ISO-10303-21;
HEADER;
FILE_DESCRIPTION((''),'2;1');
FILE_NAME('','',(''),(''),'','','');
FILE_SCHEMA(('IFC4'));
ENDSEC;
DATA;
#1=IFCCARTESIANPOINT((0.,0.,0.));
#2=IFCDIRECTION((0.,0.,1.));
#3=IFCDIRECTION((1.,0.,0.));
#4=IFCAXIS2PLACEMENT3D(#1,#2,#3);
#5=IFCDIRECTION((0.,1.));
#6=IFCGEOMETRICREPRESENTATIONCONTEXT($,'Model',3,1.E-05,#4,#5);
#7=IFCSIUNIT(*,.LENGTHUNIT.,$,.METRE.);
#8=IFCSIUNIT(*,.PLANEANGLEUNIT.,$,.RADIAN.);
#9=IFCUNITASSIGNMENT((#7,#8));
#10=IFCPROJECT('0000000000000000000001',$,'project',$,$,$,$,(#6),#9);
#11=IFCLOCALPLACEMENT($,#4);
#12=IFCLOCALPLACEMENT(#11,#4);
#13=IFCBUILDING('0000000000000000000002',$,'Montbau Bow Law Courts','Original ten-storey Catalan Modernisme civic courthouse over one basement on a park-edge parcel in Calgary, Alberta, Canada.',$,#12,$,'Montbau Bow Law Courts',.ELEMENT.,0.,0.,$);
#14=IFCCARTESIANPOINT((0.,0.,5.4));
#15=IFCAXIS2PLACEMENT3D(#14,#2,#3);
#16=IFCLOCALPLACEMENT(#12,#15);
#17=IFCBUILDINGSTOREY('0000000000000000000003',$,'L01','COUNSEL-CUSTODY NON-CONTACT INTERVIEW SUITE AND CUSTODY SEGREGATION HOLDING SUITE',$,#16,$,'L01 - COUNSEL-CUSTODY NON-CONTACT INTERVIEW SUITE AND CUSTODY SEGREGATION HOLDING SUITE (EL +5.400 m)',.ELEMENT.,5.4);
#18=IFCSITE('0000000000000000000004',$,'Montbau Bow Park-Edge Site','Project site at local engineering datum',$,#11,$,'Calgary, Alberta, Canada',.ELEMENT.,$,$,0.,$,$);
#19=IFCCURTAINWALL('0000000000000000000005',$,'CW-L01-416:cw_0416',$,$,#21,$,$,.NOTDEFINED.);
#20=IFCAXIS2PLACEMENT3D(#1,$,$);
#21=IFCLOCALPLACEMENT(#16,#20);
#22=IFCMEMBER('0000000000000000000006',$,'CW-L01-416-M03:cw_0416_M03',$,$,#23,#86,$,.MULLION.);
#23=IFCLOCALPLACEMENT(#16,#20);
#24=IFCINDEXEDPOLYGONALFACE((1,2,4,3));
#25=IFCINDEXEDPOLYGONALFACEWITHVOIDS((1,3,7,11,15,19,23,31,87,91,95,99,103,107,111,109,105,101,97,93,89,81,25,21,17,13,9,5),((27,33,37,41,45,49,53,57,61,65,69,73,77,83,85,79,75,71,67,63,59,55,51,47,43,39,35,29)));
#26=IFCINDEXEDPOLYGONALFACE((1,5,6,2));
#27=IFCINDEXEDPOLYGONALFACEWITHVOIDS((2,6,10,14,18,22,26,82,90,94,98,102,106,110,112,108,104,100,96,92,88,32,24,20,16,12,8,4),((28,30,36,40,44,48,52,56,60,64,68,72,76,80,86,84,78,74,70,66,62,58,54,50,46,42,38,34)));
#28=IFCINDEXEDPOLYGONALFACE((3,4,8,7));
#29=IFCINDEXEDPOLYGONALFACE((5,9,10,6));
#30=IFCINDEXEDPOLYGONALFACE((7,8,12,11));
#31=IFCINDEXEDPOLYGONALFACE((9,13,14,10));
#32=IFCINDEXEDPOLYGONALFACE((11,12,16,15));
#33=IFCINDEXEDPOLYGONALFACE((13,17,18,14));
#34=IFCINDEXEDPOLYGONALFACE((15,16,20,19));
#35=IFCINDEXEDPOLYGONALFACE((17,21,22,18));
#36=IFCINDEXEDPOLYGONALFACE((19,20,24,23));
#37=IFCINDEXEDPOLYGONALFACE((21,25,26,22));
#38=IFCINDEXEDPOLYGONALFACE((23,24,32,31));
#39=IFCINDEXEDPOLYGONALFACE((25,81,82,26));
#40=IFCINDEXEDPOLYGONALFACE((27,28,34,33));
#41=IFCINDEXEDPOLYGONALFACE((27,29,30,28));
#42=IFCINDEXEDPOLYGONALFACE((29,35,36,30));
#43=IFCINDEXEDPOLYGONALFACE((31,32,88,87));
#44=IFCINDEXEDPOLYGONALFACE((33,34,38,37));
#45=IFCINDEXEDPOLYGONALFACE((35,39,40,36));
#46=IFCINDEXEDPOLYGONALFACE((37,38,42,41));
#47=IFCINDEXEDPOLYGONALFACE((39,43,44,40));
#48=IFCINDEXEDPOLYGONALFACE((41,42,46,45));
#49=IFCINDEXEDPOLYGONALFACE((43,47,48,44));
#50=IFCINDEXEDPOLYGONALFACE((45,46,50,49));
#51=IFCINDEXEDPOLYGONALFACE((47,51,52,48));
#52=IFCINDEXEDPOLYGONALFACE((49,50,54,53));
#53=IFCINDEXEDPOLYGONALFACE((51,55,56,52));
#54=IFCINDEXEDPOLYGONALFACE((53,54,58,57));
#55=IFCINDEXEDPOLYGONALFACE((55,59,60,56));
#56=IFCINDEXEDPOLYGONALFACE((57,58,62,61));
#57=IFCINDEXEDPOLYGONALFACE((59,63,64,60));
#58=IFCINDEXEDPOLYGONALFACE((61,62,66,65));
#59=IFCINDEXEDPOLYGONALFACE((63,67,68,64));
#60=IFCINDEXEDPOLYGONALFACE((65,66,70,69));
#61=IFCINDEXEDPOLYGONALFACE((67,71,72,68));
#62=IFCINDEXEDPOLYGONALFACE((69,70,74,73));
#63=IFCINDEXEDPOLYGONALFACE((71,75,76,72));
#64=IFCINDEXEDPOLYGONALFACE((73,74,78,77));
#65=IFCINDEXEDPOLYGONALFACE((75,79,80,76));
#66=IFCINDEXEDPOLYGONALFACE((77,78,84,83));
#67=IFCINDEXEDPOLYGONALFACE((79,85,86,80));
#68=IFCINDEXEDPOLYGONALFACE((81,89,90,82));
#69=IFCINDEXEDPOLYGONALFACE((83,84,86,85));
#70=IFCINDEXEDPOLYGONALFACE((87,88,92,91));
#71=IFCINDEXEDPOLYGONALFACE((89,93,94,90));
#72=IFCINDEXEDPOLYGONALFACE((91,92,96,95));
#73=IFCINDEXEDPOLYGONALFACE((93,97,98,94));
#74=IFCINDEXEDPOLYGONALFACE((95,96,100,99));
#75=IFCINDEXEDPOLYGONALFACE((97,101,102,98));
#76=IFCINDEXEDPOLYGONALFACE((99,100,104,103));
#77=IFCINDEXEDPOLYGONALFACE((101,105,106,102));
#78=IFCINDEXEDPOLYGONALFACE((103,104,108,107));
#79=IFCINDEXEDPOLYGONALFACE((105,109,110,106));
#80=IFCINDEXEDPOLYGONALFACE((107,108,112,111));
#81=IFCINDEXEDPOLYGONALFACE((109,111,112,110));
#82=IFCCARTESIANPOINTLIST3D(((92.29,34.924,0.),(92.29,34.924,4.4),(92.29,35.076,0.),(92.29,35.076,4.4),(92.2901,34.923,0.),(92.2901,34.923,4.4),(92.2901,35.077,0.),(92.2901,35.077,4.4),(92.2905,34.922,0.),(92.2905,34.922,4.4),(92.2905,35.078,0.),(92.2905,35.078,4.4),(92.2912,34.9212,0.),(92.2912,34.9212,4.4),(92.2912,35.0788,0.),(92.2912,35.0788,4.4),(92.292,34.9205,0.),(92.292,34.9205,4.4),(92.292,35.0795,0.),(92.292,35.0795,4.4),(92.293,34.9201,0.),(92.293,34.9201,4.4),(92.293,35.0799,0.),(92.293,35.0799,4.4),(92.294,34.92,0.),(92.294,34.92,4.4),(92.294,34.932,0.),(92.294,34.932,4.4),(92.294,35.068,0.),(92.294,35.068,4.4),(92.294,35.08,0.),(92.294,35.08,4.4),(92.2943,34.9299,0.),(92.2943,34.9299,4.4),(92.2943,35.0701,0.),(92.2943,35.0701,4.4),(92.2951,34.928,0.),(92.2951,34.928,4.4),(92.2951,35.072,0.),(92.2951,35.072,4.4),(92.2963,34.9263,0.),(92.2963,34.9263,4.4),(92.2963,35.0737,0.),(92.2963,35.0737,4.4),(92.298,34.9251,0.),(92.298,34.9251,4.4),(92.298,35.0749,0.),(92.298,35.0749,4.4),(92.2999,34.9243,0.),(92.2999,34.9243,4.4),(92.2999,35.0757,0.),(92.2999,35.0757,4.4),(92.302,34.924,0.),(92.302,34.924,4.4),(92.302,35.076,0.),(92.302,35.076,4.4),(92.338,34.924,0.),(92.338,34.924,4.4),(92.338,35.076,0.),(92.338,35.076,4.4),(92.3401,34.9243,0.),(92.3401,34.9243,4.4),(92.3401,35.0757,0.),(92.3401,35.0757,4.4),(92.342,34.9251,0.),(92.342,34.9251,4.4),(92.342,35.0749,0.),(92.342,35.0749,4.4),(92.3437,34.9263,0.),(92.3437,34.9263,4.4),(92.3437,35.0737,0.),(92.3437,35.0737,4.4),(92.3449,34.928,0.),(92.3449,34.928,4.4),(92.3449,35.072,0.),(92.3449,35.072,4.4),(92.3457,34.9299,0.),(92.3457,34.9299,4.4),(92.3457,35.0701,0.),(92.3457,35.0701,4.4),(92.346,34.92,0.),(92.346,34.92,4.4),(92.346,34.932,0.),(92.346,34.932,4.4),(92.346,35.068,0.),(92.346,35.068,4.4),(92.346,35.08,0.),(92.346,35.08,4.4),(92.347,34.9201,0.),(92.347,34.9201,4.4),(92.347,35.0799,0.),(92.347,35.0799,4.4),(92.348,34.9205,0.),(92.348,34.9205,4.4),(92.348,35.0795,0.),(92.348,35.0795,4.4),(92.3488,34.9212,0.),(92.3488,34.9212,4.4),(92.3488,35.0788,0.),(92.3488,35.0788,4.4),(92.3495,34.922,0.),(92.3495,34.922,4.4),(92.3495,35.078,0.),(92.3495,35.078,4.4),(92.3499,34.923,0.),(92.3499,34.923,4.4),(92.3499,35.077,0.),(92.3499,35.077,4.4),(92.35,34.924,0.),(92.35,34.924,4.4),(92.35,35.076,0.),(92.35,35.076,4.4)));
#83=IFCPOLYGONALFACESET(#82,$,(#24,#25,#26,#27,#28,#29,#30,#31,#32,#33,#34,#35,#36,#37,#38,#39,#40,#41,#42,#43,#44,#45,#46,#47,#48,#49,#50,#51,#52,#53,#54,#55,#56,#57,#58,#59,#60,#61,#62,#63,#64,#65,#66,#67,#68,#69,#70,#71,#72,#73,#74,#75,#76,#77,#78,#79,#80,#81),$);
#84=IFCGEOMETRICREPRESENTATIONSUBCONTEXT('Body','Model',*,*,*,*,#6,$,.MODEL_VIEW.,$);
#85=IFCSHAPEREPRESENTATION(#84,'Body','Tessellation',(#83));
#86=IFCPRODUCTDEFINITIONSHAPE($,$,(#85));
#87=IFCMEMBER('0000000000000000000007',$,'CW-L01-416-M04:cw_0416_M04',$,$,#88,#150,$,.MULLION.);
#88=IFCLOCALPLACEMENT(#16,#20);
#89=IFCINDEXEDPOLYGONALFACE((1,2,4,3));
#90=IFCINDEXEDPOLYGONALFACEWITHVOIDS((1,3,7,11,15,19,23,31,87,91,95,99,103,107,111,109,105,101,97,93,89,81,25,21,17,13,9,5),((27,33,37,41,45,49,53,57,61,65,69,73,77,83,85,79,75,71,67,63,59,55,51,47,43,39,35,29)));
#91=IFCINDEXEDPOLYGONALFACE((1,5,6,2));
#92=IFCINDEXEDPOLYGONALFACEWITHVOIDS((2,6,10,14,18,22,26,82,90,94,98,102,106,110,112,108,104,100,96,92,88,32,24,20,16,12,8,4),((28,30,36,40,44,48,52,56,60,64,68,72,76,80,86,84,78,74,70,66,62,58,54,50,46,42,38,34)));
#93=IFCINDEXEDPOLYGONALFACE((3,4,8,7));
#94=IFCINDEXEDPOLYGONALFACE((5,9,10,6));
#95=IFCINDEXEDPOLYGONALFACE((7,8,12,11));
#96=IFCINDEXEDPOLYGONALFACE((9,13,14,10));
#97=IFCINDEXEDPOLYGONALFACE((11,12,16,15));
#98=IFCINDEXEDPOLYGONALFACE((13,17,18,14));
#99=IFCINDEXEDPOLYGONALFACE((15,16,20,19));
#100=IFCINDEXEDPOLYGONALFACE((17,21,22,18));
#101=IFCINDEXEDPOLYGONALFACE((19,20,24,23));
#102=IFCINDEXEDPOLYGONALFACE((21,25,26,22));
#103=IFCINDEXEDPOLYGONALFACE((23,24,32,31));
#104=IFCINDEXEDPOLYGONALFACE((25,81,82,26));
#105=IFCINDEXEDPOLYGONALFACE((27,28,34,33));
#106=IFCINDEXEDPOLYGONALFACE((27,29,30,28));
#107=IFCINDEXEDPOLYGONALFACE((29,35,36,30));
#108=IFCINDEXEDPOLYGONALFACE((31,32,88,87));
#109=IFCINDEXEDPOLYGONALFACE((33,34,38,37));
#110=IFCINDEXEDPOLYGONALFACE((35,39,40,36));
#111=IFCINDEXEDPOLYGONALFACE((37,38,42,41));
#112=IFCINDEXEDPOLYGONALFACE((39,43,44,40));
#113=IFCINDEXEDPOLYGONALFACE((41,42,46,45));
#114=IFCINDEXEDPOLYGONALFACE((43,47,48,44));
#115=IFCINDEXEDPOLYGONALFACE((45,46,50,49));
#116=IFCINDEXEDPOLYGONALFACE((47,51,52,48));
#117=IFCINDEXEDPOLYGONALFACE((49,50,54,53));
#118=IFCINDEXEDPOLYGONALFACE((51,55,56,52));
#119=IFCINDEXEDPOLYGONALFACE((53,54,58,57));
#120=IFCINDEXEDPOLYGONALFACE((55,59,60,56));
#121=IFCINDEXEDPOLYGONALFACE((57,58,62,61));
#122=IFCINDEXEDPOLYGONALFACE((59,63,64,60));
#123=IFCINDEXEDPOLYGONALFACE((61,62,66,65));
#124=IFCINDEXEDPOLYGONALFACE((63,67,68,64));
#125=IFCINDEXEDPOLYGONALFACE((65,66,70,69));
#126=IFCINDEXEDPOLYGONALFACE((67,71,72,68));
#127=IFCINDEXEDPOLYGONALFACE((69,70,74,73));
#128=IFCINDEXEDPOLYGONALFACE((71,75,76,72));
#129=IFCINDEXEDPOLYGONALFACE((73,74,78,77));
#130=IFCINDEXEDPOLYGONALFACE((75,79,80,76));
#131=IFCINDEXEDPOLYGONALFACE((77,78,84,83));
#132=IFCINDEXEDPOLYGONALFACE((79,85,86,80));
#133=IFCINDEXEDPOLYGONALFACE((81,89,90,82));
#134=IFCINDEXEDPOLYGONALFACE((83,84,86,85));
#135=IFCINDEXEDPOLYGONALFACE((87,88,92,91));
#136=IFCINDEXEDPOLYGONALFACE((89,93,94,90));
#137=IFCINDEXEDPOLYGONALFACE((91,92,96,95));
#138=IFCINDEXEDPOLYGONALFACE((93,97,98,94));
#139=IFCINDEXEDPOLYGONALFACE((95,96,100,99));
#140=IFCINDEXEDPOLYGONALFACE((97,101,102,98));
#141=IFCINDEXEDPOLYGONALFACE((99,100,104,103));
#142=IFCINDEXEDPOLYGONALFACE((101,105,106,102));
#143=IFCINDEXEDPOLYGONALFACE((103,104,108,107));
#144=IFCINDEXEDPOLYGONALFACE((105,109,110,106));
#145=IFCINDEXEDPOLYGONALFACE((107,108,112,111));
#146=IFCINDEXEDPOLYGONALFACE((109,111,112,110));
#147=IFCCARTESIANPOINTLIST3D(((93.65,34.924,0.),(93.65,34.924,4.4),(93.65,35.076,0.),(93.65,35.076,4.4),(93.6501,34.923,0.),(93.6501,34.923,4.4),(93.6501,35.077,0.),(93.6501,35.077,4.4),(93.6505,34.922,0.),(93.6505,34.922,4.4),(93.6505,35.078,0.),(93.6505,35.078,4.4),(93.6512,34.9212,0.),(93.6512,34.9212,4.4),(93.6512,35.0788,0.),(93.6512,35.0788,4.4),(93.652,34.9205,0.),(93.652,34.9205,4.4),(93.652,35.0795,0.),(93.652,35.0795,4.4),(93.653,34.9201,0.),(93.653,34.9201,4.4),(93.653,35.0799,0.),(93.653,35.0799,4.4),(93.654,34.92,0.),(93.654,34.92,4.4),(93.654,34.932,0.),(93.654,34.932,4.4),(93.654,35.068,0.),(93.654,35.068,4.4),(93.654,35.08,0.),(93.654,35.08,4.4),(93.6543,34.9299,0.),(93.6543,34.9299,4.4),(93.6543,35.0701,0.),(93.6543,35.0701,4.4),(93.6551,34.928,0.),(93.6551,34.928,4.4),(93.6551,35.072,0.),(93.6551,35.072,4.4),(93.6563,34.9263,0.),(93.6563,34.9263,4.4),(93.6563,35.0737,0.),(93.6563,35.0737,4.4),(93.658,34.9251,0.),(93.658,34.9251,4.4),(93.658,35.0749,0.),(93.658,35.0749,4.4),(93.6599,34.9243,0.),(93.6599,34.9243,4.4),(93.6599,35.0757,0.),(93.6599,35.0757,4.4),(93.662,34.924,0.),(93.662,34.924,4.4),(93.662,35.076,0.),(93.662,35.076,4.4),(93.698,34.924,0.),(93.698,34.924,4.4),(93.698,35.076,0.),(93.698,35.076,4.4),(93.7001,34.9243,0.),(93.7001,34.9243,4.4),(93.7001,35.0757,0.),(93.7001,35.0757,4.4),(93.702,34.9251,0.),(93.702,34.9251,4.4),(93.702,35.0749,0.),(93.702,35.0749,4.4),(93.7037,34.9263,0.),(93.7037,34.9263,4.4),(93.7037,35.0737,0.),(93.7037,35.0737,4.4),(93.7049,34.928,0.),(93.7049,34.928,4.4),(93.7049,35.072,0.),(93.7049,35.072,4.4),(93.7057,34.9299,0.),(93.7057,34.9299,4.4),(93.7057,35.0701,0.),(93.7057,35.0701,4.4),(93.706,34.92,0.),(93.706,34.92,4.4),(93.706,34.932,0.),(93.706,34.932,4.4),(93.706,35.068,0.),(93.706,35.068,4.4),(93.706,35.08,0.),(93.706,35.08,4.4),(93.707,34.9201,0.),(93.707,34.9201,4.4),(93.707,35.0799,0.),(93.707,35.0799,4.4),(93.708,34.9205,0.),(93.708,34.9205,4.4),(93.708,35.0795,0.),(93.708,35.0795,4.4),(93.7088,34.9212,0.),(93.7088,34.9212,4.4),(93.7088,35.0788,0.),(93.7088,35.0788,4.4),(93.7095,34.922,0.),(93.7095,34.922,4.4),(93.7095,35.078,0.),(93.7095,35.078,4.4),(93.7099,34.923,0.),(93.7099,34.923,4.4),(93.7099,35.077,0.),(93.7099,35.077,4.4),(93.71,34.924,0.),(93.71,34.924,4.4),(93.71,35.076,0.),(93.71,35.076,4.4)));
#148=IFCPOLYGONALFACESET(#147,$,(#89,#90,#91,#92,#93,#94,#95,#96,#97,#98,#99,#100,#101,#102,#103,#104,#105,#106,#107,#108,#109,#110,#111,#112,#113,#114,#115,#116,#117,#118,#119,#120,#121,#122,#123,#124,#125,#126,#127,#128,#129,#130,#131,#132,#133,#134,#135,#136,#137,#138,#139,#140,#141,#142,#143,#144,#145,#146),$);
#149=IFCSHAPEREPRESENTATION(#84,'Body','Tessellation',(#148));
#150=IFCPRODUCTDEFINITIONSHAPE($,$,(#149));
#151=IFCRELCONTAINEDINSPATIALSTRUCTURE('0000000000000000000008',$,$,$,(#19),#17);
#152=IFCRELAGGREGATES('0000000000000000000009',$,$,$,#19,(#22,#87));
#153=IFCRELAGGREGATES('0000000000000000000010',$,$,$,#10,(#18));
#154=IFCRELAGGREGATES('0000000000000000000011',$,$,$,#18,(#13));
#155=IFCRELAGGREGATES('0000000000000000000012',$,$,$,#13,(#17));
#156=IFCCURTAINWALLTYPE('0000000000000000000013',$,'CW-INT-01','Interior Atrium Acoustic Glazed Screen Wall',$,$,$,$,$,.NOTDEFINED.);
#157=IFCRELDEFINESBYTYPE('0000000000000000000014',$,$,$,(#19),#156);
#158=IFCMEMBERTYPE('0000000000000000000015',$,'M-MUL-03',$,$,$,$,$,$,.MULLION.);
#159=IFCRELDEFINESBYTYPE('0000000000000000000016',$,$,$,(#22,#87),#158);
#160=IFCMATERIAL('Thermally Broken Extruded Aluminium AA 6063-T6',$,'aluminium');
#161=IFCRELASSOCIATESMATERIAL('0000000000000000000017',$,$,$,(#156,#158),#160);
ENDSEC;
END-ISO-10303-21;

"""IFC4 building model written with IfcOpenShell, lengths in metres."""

from ifc_helpers import new_model, si_unit, direction, frame, origin_with_axes, origin_2d_with_axis, place, context, subcontext, project, spatial, hollow_rectangle, extrude, material, material_profile, profile_set, type_object, element, aggregate, save


model = new_model("IFC4")

# Units and contexts
model_context = context("Model", 3, precision=1e-05, world=origin_with_axes(), true_north=direction((0.0, 1.0)))
body_context = subcontext(model_context, "Body", "Model", "MODEL_VIEW")
ifc_project = project(units=[si_unit("LENGTHUNIT", "METRE"), si_unit("PLANEANGLEUNIT", "RADIAN")], contexts=[model_context])

# Site, building, storey
site_placement = place(None, origin_with_axes())
site = spatial("IfcSite", under=ifc_project, at=site_placement, Name="Montbau Bow Park-Edge Site", Description="Project site at local engineering datum", LongName="Calgary, Alberta, Canada", CompositionType="ELEMENT", RefElevation=0.0)
building_placement = place(site_placement, origin_with_axes())
building = spatial("IfcBuilding", under=site, at=building_placement, Name="Montbau Bow Law Courts", Description="Original ten-storey Catalan Modernisme civic courthouse over one basement on a park-edge parcel in Calgary, Alberta, Canada.", LongName="Montbau Bow Law Courts", CompositionType="ELEMENT", ElevationOfRefHeight=0.0, ElevationOfTerrain=0.0)
storey_placement = place(building_placement, frame((0.0, 0.0, 5.4), z_axis=(0.0, 0.0, 1.0), x_axis=(1.0, 0.0, 0.0)))
storey = spatial("IfcBuildingStorey", under=building, at=storey_placement, Name="L01", Description="COUNSEL-CUSTODY NON-CONTACT INTERVIEW SUITE AND CUSTODY SEGREGATION HOLDING SUITE", LongName="L01 - COUNSEL-CUSTODY NON-CONTACT INTERVIEW SUITE AND CUSTODY SEGREGATION HOLDING SUITE (EL +5.400 m)", CompositionType="ELEMENT", Elevation=5.4)

# Curtain wall, members
ifc_material_1 = material(Name="Thermally Broken Extruded Aluminium AA 6063-T6", Category="aluminium")
curtain_wall_type = type_object("IfcCurtainWallType", Name="CW-INT-01", Description="Interior Atrium Acoustic Glazed Screen Wall", PredefinedType="NOTDEFINED", material=ifc_material_1)
curtain_wall_placement = place(None, frame((89.6, 35.0, 5.4), z_axis=(0.0, 0.0, 1.0), x_axis=(1.0, 0.0, 0.0)))
curtain_wall = element("IfcCurtainWall", 1, at=curtain_wall_placement, inside=storey, type_object=curtain_wall_type, Name="CW-L01-416:cw_0416", PredefinedType="NOTDEFINED")
ifc_material_profile_1 = material_profile(ifc_material_1, hollow_rectangle(XDim=0.06, YDim=0.16, WallThickness=0.004, InnerFilletRadius=0.008, OuterFilletRadius=0.004, at=origin_2d_with_axis()), Name="CWM-160X60", Category="Main", Priority=0)
ifc_profile_set_1 = profile_set([ifc_material_profile_1], Name="Thermally Broken Extruded Aluminium AA 6063-T6")
member_type_1 = type_object("IfcMemberType", Name="M-MUL-03", PredefinedType="MULLION", material=ifc_profile_set_1)
member_1_placement = place(None, frame((92.32, 35.0, 5.4), z_axis=(0.0, 0.0, 1.0), x_axis=(1.0, 0.0, 0.0)))
member_1 = element("IfcMember", 2, at=member_1_placement, type_object=member_type_1, Name="CW-L01-416-M03:cw_0416_M03", PredefinedType="MULLION", context=body_context, shape_type="SweptSolid", body=[
    extrude(hollow_rectangle(XDim=0.06, YDim=0.16, WallThickness=0.004, InnerFilletRadius=0.008, OuterFilletRadius=0.004, at=origin_2d_with_axis()), origin_with_axes(), (0.0, 0.0, 1.0), 4.4),
])
member_2_placement = place(None, frame((93.68, 35.0, 5.4), z_axis=(0.0, 0.0, 1.0), x_axis=(1.0, 0.0, 0.0)))
member_2 = element("IfcMember", 3, at=member_2_placement, type_object=member_type_1, Name="CW-L01-416-M04:cw_0416_M04", PredefinedType="MULLION", context=body_context, shape_type="SweptSolid", body=[
    extrude(hollow_rectangle(XDim=0.06, YDim=0.16, WallThickness=0.004, InnerFilletRadius=0.008, OuterFilletRadius=0.004, at=origin_2d_with_axis()), origin_with_axes(), (0.0, 0.0, 1.0), 4.4),
])
aggregate(curtain_wall, [member_1, member_2])

save(model, "model.ifc")
